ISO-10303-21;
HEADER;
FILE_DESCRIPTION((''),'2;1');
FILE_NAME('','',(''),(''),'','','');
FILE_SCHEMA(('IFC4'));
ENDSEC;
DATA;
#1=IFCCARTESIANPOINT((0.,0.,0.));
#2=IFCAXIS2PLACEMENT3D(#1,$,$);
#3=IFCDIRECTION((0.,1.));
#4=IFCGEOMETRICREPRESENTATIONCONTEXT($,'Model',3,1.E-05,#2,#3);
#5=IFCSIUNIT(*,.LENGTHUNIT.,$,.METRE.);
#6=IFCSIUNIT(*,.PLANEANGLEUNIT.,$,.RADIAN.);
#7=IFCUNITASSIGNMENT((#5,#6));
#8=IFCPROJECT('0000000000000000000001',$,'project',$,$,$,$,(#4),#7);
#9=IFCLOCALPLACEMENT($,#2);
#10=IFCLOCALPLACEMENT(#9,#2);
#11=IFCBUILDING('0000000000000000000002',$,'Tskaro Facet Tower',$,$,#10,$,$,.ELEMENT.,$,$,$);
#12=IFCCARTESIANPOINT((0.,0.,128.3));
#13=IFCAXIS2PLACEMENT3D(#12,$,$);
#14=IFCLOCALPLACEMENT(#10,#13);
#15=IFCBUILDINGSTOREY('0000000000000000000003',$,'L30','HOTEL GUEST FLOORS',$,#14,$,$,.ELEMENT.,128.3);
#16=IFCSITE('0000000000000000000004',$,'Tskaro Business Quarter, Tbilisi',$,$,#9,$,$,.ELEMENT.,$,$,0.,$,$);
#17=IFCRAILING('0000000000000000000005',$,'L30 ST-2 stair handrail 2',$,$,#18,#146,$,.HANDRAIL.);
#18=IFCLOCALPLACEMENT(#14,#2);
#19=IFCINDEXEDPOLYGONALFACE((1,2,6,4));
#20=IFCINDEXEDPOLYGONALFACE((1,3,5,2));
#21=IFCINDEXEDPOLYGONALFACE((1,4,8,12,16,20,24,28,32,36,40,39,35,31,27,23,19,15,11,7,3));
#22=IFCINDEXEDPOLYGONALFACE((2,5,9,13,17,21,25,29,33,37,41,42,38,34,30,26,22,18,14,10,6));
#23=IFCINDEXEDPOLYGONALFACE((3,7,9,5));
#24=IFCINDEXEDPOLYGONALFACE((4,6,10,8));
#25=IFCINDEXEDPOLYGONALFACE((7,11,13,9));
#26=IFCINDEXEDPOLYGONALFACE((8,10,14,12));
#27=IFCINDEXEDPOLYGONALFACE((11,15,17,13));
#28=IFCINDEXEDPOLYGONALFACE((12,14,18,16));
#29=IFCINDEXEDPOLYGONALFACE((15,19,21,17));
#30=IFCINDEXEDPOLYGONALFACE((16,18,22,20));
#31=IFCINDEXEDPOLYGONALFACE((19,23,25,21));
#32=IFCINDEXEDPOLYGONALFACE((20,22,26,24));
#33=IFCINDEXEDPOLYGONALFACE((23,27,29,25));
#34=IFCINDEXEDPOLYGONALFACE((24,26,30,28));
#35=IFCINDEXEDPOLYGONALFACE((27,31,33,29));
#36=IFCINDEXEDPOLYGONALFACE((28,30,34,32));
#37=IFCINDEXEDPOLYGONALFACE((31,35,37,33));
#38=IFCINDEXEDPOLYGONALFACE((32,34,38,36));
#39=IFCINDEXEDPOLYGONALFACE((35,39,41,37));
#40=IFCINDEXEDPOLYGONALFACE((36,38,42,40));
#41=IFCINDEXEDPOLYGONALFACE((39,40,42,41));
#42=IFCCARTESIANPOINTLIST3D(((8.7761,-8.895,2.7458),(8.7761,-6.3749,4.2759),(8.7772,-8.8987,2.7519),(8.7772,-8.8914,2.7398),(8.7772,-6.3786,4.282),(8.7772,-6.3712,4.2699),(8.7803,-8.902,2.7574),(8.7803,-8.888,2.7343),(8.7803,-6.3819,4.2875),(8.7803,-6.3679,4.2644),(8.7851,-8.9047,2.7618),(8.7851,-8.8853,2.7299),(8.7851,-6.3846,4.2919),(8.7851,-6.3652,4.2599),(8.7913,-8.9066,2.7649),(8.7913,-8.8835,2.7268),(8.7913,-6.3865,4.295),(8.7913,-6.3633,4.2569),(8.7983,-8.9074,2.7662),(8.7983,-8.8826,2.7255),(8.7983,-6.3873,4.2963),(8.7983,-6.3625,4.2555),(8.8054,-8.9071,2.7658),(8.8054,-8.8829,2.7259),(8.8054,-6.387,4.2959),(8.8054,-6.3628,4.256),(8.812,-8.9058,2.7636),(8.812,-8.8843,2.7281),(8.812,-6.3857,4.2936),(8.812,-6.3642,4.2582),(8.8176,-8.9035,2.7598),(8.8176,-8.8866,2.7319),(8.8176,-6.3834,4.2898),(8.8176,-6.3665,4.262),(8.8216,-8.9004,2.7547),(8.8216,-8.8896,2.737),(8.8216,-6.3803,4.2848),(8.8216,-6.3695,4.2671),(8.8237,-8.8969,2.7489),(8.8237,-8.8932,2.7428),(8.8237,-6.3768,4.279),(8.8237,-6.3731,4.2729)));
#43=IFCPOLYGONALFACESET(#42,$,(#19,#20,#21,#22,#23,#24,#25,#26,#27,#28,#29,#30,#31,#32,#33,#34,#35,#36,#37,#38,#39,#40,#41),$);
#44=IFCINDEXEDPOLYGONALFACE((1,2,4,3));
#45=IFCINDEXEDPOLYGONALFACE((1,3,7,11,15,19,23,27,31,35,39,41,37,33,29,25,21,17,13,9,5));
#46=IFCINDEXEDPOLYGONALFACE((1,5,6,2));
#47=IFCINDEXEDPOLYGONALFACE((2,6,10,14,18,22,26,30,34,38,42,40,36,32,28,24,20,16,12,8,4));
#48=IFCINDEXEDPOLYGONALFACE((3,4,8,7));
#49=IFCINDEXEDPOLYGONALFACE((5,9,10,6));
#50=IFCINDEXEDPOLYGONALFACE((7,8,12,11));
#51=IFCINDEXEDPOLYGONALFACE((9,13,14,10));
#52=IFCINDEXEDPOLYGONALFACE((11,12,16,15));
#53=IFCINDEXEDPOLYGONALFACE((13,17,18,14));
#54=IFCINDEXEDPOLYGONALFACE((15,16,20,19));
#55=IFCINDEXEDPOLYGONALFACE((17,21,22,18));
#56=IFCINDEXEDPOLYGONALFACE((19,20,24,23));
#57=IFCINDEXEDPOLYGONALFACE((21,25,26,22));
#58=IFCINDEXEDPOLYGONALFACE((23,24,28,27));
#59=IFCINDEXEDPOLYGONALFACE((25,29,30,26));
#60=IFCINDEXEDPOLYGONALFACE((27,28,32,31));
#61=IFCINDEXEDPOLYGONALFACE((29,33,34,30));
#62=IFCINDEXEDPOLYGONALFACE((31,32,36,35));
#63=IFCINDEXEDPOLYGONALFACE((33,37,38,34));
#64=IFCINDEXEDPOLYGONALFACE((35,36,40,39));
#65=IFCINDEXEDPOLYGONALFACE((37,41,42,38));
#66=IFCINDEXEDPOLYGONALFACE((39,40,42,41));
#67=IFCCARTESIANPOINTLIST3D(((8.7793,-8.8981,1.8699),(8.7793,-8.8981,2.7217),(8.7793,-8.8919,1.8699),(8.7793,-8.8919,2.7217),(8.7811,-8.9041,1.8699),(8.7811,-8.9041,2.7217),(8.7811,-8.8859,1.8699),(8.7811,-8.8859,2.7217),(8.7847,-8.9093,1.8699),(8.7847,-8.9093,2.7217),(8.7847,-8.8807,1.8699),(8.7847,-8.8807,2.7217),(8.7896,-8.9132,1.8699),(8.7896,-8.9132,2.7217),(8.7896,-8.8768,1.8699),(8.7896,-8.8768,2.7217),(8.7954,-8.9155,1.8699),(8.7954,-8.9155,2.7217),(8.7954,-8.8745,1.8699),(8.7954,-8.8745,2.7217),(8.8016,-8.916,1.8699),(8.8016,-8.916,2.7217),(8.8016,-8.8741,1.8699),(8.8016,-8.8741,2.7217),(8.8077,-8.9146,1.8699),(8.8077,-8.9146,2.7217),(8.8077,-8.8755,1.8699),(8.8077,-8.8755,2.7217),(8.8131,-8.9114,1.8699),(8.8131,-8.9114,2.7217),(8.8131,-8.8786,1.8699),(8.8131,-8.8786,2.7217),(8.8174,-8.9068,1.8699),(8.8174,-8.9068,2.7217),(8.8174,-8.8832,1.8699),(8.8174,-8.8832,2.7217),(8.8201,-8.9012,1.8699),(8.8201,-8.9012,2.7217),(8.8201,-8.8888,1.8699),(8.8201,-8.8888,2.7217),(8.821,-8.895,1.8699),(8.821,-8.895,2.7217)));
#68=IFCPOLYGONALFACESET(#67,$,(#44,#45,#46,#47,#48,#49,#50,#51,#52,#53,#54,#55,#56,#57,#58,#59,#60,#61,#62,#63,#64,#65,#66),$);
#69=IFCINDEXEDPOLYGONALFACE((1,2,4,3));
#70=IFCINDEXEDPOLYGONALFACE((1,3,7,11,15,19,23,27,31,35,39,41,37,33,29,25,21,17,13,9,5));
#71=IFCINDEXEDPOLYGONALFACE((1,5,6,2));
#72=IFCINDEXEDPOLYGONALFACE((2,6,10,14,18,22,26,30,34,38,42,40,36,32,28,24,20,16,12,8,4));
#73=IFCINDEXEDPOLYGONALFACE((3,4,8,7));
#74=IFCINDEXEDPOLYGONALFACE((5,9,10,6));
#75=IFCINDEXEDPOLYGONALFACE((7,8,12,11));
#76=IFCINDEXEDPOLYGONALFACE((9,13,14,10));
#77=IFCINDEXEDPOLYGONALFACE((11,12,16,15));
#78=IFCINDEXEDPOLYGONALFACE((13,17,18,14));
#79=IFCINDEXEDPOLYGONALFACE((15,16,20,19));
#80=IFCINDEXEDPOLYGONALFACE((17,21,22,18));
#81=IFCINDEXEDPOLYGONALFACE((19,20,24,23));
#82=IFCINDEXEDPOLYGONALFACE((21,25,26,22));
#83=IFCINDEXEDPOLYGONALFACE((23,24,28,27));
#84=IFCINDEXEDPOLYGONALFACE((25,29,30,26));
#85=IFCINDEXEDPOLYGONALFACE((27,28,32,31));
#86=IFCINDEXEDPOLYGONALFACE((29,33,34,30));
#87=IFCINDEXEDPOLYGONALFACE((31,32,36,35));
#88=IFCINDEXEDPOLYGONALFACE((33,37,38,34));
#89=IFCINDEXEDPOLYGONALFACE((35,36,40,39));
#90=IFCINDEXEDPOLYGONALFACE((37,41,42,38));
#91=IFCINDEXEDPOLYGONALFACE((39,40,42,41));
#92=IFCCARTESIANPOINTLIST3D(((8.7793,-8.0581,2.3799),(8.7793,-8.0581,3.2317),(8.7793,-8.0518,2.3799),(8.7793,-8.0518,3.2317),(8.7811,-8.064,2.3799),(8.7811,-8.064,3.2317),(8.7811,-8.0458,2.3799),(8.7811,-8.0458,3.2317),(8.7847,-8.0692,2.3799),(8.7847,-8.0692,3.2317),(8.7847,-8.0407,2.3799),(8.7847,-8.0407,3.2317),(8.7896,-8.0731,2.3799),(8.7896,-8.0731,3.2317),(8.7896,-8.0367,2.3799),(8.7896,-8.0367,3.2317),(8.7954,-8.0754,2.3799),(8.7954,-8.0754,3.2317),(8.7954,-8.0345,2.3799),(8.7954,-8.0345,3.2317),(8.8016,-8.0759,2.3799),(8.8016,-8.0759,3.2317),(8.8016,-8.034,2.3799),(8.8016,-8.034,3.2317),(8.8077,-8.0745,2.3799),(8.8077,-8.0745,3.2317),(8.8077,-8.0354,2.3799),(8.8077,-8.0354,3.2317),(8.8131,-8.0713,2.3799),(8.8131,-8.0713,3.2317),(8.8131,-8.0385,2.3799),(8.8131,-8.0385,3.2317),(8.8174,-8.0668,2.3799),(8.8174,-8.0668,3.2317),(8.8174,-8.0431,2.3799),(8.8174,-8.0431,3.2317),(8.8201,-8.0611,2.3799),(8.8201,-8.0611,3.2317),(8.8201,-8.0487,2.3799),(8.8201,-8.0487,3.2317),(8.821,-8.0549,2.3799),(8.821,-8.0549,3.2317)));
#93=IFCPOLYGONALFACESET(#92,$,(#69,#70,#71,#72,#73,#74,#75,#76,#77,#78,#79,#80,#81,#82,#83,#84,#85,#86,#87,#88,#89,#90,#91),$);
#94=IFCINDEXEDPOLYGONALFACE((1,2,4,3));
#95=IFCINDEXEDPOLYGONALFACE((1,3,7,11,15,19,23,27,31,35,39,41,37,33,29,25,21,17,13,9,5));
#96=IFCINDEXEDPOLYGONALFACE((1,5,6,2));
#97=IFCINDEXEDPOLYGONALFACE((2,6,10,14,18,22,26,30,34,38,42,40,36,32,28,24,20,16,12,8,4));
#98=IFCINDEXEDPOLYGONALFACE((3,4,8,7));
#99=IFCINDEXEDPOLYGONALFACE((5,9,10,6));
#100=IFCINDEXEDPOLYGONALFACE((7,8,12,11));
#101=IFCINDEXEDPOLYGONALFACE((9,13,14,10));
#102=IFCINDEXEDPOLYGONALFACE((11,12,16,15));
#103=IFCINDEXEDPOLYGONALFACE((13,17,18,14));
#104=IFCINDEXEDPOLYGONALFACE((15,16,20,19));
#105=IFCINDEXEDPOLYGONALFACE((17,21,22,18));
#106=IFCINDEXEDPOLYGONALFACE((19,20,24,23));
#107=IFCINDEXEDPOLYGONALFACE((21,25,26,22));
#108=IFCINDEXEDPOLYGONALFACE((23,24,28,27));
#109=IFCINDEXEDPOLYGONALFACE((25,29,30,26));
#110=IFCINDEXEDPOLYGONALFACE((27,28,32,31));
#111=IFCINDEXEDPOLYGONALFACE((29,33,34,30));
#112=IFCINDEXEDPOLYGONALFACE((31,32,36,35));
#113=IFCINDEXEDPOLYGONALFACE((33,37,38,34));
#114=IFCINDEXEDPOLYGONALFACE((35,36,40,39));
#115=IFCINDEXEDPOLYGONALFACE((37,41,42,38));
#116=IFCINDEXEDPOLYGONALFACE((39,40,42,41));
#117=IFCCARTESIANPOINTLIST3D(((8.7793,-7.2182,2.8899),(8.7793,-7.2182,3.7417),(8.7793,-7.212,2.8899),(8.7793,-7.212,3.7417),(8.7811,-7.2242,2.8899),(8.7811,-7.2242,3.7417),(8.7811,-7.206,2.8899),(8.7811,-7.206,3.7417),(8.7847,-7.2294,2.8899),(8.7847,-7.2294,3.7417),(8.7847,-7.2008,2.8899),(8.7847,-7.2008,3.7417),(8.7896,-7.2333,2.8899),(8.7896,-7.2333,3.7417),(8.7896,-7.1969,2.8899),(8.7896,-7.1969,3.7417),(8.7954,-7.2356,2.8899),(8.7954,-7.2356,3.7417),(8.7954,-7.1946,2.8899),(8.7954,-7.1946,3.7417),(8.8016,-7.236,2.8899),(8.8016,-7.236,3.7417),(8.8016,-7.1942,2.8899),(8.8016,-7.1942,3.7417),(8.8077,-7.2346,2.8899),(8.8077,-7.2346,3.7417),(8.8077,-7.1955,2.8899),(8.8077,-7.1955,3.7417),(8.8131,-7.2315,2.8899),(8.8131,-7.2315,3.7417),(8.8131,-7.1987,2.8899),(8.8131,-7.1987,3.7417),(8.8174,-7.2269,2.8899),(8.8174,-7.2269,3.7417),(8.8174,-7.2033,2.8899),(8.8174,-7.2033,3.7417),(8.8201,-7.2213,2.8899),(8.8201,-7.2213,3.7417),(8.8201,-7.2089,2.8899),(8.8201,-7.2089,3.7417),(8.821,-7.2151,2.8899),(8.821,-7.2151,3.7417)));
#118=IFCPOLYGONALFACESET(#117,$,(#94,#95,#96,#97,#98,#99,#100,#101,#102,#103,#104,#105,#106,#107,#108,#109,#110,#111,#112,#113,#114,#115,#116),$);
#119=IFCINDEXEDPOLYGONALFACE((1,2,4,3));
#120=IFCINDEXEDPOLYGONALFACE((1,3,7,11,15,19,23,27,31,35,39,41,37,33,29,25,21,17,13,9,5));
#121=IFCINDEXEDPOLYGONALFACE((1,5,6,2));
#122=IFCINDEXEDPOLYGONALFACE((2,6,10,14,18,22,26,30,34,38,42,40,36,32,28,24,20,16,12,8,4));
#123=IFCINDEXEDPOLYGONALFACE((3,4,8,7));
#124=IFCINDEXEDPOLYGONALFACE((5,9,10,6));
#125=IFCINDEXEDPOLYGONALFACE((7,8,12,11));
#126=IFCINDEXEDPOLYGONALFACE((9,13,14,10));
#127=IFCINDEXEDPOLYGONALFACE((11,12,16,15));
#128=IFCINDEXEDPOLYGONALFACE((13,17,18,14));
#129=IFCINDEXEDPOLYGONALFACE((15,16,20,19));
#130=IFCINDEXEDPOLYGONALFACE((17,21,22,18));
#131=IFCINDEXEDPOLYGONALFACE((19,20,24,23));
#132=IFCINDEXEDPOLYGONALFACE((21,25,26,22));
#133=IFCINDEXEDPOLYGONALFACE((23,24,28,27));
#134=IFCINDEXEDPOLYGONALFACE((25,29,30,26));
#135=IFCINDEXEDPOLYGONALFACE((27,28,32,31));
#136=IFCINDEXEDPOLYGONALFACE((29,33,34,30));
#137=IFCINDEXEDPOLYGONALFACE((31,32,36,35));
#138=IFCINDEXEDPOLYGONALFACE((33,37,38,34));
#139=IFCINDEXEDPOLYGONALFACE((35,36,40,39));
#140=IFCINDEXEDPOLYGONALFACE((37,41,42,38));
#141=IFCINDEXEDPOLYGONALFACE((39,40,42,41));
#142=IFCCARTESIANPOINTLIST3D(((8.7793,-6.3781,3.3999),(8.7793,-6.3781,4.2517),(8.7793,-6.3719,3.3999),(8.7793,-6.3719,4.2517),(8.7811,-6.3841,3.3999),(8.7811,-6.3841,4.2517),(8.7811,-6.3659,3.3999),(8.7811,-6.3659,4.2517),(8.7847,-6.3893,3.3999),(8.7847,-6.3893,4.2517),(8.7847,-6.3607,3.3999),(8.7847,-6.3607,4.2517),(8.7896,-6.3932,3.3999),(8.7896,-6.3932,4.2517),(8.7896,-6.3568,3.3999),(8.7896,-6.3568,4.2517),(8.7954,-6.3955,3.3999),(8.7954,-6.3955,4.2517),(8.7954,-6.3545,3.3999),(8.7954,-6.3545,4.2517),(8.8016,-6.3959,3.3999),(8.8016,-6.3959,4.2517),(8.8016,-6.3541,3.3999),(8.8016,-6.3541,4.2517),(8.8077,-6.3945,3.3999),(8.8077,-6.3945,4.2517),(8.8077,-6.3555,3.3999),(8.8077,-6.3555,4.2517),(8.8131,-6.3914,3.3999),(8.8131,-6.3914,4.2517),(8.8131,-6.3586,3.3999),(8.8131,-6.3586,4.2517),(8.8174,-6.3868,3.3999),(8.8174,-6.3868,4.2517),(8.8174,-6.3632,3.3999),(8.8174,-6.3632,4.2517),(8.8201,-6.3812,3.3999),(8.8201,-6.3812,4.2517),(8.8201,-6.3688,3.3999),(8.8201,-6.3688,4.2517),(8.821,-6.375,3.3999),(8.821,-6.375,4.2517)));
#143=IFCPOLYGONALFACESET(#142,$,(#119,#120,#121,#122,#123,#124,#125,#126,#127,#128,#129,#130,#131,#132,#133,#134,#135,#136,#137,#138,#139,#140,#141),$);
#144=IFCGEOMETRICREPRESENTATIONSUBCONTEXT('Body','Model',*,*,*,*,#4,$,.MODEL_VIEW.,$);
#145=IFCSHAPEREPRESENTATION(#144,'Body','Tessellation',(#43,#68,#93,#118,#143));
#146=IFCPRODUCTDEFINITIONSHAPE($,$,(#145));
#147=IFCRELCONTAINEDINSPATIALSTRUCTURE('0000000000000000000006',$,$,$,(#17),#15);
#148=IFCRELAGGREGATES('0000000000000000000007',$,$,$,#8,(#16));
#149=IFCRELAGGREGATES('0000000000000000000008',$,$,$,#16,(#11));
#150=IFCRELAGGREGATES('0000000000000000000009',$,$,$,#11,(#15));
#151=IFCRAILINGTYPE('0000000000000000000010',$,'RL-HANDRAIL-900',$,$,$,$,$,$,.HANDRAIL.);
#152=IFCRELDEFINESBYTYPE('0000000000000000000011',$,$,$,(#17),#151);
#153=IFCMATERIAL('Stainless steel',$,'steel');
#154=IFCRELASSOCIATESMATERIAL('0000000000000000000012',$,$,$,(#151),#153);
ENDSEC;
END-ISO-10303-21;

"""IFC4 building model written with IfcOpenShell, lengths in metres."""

from ifc_helpers import new_model, si_unit, direction, frame, origin, origin_2d, place, context, subcontext, project, spatial, circle, extrude, material, type_object, element, save


model = new_model("IFC4")

# Units and contexts
model_context = context("Model", 3, precision=1e-05, world=origin(), true_north=direction((0.0, 1.0)))
body_context = subcontext(model_context, "Body", "Model", "MODEL_VIEW")
ifc_project = project(units=[si_unit("LENGTHUNIT", "METRE"), si_unit("PLANEANGLEUNIT", "RADIAN")], contexts=[model_context])

# Site, building, storey
site_placement = place(None, origin())
site = spatial("IfcSite", under=ifc_project, at=site_placement, Name="Tskaro Business Quarter, Tbilisi", CompositionType="ELEMENT", RefElevation=0.0)
building_placement = place(site_placement, origin())
building = spatial("IfcBuilding", under=site, at=building_placement, Name="Tskaro Facet Tower", CompositionType="ELEMENT")
storey_placement = place(building_placement, frame((0.0, 0.0, 128.3)))
storey = spatial("IfcBuildingStorey", under=building, at=storey_placement, Name="L30", Description="HOTEL GUEST FLOORS", CompositionType="ELEMENT", Elevation=128.3)

# Railing
ifc_material_1 = material(Name="Stainless steel", Category="steel")
railing_type_1 = type_object("IfcRailingType", Name="RL-HANDRAIL-900", PredefinedType="HANDRAIL", material=ifc_material_1)
railing_1_placement = place(storey_placement, frame((8.8, -8.895, 1.8699)))
element("IfcRailing", 1, at=railing_1_placement, inside=storey, type_object=railing_type_1, Name="L30 ST-2 stair handrail 2", PredefinedType="HANDRAIL", context=body_context, shape_type="SweptSolid", body=[
    extrude(circle(Radius=0.0239, at=origin_2d()), frame((0.0, 0.0, 0.876), z_axis=(0.0, 0.854785, 0.518982), x_axis=(-1.0, 0.0, 0.0)), (0.0, 0.0, 1.0), 2.9482),
    extrude(circle(Radius=0.021, at=origin_2d()), origin(), (0.0, 0.0, 1.0), 0.8518),
    extrude(circle(Radius=0.021, at=origin_2d()), frame((0.0, 0.8401, 0.51)), (0.0, 0.0, 1.0), 0.8518),
    extrude(circle(Radius=0.021, at=origin_2d()), frame((0.0, 1.6799, 1.02)), (0.0, 0.0, 1.0), 0.8518),
    extrude(circle(Radius=0.021, at=origin_2d()), frame((0.0, 2.52, 1.53)), (0.0, 0.0, 1.0), 0.8518),
])

save(model, "model.ifc")
